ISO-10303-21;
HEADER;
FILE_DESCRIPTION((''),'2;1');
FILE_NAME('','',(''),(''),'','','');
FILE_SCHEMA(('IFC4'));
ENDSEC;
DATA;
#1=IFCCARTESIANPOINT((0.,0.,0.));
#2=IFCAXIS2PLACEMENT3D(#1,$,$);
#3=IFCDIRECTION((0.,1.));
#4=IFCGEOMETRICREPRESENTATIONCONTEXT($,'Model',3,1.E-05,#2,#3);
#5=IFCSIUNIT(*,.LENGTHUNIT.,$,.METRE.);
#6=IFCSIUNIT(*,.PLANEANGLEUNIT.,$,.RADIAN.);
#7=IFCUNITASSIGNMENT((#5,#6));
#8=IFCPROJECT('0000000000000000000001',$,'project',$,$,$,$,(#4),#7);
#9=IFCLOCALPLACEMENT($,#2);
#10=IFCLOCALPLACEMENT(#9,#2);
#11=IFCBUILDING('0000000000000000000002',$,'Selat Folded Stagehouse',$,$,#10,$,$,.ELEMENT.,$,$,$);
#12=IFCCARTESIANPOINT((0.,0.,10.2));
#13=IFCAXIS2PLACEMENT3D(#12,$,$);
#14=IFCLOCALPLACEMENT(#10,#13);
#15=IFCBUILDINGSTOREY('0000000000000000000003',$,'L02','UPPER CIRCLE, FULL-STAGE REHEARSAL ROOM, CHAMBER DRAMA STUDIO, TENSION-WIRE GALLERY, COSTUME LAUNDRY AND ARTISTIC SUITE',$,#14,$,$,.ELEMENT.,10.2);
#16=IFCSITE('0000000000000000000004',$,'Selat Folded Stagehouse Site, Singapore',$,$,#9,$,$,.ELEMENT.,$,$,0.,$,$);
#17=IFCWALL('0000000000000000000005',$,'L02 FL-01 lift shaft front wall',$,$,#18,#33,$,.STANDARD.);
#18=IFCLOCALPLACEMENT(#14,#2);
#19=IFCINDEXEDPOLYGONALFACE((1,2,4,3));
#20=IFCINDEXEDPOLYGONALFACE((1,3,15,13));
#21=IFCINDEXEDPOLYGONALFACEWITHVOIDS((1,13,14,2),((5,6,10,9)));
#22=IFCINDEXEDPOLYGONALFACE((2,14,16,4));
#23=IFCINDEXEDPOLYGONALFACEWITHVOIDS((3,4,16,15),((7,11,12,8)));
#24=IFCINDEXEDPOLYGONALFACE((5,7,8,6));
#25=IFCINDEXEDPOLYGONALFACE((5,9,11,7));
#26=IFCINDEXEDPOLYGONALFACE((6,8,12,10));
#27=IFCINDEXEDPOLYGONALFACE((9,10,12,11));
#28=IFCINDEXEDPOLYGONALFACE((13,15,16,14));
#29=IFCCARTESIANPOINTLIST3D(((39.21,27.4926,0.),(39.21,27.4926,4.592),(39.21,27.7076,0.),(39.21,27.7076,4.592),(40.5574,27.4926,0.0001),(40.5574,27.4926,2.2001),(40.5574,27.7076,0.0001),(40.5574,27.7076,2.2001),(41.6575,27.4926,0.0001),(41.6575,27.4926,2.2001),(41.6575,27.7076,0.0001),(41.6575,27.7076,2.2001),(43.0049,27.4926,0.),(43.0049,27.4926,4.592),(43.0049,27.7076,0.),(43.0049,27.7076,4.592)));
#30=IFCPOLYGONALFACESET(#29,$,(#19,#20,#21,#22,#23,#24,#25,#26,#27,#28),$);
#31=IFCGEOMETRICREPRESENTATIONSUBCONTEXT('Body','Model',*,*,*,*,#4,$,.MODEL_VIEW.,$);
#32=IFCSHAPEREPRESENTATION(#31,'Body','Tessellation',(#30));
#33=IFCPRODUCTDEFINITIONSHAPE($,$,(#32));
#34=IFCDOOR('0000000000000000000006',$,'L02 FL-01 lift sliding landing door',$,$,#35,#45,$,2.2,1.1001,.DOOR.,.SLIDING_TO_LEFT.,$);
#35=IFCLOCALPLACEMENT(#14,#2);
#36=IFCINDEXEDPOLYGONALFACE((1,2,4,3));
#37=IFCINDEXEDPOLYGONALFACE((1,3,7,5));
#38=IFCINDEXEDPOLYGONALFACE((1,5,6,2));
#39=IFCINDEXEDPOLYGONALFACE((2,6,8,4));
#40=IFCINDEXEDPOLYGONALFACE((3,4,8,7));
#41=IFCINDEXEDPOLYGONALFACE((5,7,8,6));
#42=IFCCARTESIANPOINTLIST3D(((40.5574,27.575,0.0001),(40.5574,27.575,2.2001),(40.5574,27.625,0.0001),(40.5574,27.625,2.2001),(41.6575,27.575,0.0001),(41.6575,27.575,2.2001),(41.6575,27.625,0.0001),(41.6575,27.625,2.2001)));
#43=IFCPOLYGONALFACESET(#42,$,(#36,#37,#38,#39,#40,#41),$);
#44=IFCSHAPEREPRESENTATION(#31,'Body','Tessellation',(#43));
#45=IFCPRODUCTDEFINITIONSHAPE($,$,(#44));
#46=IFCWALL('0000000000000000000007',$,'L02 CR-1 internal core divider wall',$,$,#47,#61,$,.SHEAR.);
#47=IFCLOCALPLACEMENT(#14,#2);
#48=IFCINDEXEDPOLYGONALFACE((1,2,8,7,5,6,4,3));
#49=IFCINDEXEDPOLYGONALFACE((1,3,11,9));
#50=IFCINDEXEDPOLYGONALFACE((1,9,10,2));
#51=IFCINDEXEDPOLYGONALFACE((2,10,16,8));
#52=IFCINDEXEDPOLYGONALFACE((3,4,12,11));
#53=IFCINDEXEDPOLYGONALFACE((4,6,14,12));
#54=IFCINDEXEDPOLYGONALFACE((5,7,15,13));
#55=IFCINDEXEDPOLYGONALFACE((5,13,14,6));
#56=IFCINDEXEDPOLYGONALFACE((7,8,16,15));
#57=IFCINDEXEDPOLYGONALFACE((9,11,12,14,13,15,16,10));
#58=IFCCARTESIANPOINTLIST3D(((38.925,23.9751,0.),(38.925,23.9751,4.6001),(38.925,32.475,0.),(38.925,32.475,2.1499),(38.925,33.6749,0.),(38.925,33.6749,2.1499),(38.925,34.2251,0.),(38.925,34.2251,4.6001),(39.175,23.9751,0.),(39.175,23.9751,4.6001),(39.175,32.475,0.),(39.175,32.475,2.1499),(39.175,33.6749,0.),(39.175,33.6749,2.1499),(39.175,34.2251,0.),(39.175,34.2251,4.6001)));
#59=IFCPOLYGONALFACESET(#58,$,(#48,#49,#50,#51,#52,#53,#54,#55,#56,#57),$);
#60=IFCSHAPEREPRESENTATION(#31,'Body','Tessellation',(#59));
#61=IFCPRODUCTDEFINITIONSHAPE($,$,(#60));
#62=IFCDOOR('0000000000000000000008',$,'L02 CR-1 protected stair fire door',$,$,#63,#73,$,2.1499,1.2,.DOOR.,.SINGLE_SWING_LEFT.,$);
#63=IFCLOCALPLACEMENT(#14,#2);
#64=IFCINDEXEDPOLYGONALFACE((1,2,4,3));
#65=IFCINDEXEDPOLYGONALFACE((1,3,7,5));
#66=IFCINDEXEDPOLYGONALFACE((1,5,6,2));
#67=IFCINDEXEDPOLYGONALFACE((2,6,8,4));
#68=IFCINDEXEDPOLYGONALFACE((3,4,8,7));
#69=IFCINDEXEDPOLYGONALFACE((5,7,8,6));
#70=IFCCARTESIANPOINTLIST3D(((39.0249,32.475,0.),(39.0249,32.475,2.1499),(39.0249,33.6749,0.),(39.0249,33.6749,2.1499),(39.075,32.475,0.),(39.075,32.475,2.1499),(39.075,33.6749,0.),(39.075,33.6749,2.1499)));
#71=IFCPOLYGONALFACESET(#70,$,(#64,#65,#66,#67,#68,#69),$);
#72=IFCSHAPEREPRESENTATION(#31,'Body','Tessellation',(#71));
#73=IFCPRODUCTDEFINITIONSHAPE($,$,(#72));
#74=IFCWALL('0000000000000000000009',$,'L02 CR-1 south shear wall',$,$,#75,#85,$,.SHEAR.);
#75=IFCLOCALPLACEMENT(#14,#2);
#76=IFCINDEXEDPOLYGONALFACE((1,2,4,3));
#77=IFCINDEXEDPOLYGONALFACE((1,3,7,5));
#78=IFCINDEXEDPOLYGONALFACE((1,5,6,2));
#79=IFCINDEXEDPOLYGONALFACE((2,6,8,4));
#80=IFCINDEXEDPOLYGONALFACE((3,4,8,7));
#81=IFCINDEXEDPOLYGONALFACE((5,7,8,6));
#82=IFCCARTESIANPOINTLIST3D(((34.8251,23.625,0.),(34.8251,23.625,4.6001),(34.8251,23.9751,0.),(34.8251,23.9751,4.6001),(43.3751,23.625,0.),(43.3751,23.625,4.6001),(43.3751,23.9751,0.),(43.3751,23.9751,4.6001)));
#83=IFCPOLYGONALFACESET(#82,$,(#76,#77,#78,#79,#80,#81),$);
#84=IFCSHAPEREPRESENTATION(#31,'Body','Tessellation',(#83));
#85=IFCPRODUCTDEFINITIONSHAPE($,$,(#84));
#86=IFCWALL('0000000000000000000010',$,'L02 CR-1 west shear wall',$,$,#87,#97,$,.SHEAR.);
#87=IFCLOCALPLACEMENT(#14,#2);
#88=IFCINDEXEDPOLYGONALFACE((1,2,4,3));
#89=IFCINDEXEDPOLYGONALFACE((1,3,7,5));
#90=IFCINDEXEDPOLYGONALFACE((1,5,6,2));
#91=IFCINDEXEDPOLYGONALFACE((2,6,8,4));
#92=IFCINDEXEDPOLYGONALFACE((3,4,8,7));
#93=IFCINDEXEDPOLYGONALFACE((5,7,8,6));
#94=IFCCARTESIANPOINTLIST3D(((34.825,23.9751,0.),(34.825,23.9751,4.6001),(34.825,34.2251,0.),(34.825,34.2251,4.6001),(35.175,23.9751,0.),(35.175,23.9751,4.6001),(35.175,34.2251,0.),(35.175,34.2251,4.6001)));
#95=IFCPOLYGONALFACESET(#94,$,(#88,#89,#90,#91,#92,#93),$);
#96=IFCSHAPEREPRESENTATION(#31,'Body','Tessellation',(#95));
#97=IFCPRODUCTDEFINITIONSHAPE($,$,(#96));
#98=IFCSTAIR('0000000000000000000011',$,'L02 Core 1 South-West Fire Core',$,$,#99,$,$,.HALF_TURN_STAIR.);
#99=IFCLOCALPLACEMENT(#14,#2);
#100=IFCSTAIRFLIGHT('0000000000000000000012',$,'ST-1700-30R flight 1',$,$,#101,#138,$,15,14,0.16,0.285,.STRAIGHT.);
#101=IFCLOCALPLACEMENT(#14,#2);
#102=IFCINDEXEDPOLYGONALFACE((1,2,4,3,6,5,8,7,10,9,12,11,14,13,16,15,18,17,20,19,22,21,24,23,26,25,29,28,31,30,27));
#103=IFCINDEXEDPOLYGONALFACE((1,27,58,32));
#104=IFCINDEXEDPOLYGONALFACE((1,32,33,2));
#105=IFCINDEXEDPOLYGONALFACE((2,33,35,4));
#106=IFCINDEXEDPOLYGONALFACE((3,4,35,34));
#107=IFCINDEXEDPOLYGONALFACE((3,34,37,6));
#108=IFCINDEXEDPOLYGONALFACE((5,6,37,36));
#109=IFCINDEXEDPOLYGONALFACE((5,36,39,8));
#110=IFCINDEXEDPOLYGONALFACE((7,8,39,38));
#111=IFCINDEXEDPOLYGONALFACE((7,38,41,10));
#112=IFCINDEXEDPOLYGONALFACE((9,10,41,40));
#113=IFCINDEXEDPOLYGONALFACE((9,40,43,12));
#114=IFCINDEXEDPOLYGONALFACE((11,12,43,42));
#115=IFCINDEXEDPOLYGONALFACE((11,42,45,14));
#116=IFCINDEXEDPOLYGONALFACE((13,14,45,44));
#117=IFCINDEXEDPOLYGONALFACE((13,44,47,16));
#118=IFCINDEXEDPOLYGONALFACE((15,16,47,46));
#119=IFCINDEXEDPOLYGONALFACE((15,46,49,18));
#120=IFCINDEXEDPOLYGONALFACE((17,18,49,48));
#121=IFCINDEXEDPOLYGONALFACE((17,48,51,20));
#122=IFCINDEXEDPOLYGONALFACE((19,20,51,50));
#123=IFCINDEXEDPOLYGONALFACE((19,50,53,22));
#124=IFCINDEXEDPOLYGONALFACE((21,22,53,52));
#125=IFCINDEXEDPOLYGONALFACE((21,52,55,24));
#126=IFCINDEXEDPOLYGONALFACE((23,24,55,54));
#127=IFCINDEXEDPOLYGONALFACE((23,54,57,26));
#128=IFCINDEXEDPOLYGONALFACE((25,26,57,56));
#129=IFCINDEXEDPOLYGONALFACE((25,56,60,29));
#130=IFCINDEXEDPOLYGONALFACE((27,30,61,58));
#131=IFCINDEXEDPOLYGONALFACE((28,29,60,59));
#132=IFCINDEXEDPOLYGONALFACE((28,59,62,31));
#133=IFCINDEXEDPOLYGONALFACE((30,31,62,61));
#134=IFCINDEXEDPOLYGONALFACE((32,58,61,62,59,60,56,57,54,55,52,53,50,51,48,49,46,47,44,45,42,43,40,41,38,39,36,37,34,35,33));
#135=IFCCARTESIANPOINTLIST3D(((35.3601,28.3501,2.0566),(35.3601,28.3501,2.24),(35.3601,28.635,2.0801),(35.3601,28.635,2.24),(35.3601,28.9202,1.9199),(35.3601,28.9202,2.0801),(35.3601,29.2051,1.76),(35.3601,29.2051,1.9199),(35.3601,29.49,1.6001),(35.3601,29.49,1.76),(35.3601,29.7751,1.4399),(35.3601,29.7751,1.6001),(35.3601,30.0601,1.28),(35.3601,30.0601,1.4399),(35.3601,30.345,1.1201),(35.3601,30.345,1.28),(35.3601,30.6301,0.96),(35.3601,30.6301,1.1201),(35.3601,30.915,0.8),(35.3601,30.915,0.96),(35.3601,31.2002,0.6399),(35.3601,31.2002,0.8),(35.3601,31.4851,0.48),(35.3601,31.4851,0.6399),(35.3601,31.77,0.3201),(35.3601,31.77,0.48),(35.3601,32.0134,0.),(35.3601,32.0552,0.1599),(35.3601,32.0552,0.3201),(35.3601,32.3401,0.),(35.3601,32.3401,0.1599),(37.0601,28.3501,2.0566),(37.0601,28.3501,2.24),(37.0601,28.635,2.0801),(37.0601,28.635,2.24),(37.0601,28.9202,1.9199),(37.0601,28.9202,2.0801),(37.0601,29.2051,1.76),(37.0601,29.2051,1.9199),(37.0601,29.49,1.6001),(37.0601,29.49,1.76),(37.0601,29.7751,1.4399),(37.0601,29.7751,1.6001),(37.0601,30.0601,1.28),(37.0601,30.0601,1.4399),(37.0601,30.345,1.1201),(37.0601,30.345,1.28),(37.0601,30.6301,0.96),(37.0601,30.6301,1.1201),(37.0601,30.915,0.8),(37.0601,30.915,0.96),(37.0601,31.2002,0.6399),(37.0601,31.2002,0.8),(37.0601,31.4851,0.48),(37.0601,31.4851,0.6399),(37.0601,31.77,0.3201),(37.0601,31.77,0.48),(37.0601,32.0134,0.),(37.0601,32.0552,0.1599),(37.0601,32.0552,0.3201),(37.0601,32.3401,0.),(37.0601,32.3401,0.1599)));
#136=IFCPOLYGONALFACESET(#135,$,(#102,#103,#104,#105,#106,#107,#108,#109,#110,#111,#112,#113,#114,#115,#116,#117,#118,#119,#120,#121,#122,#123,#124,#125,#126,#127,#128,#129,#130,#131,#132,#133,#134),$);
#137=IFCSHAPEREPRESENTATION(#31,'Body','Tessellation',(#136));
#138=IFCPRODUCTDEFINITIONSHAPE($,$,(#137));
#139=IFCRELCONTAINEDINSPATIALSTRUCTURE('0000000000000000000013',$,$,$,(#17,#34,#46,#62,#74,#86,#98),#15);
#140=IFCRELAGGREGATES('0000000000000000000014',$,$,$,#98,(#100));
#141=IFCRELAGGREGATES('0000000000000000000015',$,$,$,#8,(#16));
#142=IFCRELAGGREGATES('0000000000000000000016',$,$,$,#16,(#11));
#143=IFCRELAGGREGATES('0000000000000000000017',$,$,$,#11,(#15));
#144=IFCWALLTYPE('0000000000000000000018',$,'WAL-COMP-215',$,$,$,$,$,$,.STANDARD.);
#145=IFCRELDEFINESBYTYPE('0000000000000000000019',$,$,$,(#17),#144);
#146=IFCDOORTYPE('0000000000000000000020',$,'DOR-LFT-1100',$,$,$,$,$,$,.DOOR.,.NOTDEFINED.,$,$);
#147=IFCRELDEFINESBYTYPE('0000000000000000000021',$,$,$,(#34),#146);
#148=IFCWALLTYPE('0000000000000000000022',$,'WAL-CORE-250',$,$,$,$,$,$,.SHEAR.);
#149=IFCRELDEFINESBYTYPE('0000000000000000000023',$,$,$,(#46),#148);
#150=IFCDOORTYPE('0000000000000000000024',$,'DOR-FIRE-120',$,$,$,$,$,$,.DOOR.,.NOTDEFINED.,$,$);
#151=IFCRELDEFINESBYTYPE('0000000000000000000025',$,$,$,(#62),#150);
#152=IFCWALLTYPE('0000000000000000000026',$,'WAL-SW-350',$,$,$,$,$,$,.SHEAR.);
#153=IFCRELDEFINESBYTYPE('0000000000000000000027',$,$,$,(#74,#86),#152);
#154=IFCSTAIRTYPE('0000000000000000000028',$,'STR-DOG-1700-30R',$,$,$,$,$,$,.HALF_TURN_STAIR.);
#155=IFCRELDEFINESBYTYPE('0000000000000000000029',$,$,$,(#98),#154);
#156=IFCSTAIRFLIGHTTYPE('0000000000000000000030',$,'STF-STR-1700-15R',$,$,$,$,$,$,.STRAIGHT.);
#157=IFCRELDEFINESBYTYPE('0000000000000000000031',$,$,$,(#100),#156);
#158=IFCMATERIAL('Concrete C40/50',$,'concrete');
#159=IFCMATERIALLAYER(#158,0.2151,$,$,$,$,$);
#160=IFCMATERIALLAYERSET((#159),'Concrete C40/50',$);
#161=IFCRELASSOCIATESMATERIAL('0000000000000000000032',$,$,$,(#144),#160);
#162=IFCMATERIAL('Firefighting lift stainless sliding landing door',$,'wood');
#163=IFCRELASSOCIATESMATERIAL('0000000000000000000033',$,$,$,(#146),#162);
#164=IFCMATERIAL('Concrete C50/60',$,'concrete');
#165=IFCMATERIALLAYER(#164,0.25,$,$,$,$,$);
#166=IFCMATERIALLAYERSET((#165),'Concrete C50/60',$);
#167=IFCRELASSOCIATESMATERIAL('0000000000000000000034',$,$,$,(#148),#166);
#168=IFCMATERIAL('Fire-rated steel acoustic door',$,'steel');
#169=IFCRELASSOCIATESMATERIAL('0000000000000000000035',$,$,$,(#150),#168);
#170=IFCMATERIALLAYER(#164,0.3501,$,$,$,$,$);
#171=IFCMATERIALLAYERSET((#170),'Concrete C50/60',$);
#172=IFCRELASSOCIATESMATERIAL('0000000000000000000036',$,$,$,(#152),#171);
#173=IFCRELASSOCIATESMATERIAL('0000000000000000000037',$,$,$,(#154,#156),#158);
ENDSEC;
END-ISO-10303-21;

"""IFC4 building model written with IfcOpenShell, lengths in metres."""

from ifc_helpers import new_model, si_unit, direction, frame, frame_2d, origin, place, context, subcontext, project, spatial, polyline, rectangle, outline, extrude, material, layer, layer_set, type_object, element, fill, aggregate, save


model = new_model("IFC4")

# Units and contexts
model_context = context("Model", 3, precision=1e-05, world=origin(), true_north=direction((0.0, 1.0)))
body_context = subcontext(model_context, "Body", "Model", "MODEL_VIEW")
ifc_project = project(units=[si_unit("LENGTHUNIT", "METRE"), si_unit("PLANEANGLEUNIT", "RADIAN")], contexts=[model_context])

# Site, building, storey
site_placement = place(None, origin())
site = spatial("IfcSite", under=ifc_project, at=site_placement, Name="Selat Folded Stagehouse Site, Singapore", CompositionType="ELEMENT", RefElevation=0.0)
building_placement = place(site_placement, origin())
building = spatial("IfcBuilding", under=site, at=building_placement, Name="Selat Folded Stagehouse", CompositionType="ELEMENT")
storey_placement = place(building_placement, frame((0.0, 0.0, 10.2)))
storey = spatial("IfcBuildingStorey", under=building, at=storey_placement, Name="L02", Description="UPPER CIRCLE, FULL-STAGE REHEARSAL ROOM, CHAMBER DRAMA STUDIO, TENSION-WIRE GALLERY, COSTUME LAUNDRY AND ARTISTIC SUITE", CompositionType="ELEMENT", Elevation=10.2)

# Walls, openings, doors
ifc_material_1 = material(Name="Concrete C40/50", Category="concrete")
ifc_layer_1 = layer(ifc_material_1, 0.2151)
ifc_layer_set_1 = layer_set([ifc_layer_1], Name="Concrete C40/50")
wall_type_1 = type_object("IfcWallType", Name="WAL-COMP-215", PredefinedType="STANDARD", material=ifc_layer_set_1)
wall_1_placement = place(storey_placement, frame((39.21, 27.6001, 0.0), z_axis=(0.0, 0.0, 1.0), x_axis=(1.0, 0.0, 0.0)))
wall_1 = element("IfcWall", 1, at=wall_1_placement, inside=storey, type_object=wall_type_1, Name="L02 FL-01 lift shaft front wall", PredefinedType="STANDARD", context=body_context, shape_type="SweptSolid", body=[
    extrude(rectangle(XDim=3.7949, YDim=0.2151, at=frame_2d((1.8975, 0.0))), origin(), (0.0, 0.0, 1.0), 4.592),
])
opening_1_placement = place(wall_1_placement, frame((1.3474, 0.0, 0.0)))
opening_1 = element("IfcOpeningElement", 2, at=opening_1_placement, cuts=wall_1, PredefinedType="OPENING", context=body_context, shape_type="SweptSolid", body=[
    extrude(rectangle(XDim=1.1001, YDim=2.2, at=frame_2d((0.55, 1.1001))), frame((0.0, 0.1174, 0.0), z_axis=(0.0, -1.0, 0.0), x_axis=(1.0, 0.0, 0.0)), (0.0, 0.0, 1.0), 0.2351),
])
ifc_material_2 = material(Name="Firefighting lift stainless sliding landing door", Category="wood")
door_type_1 = type_object("IfcDoorType", Name="DOR-LFT-1100", OperationType="NOTDEFINED", PredefinedType="DOOR", material=ifc_material_2)
door_1_placement = place(opening_1_placement, origin())
door_1 = element("IfcDoor", 3, at=door_1_placement, inside=storey, type_object=door_type_1, Name="L02 FL-01 lift sliding landing door", OperationType="SLIDING_TO_LEFT", OverallHeight=2.2, OverallWidth=1.1001, PredefinedType="DOOR", context=body_context, shape_type="SweptSolid", body=[
    extrude(rectangle(XDim=1.1001, YDim=2.2, at=frame_2d((0.55, 1.1001))), frame((0.0, 0.0249, 0.0), z_axis=(0.0, -1.0, 0.0), x_axis=(1.0, 0.0, 0.0)), (0.0, 0.0, 1.0), 0.05),
])
fill(opening_1, door_1)
ifc_material_3 = material(Name="Concrete C50/60", Category="concrete")
ifc_layer_2 = layer(ifc_material_3, 0.25)
ifc_layer_set_2 = layer_set([ifc_layer_2], Name="Concrete C50/60")
wall_type_2 = type_object("IfcWallType", Name="WAL-CORE-250", PredefinedType="SHEAR", material=ifc_layer_set_2)
wall_2_placement = place(storey_placement, frame((39.05, 34.2251, 0.0), z_axis=(0.0, 0.0, 1.0), x_axis=(0.0, -1.0, 0.0)))
wall_2 = element("IfcWall", 4, at=wall_2_placement, inside=storey, type_object=wall_type_2, Name="L02 CR-1 internal core divider wall", PredefinedType="SHEAR", context=body_context, shape_type="SweptSolid", body=[
    extrude(rectangle(XDim=10.25, YDim=0.25, at=frame_2d((5.125, 0.0))), origin(), (0.0, 0.0, 1.0), 4.6001),
])
opening_2_placement = place(wall_2_placement, frame((0.55, 0.0, 0.0)))
opening_2 = element("IfcOpeningElement", 5, at=opening_2_placement, cuts=wall_2, PredefinedType="OPENING", context=body_context, shape_type="SweptSolid", body=[
    extrude(rectangle(XDim=1.2, YDim=2.1499, at=frame_2d((0.6001, 1.075))), frame((0.0, 0.135, 0.0), z_axis=(0.0, -1.0, 0.0), x_axis=(1.0, 0.0, 0.0)), (0.0, 0.0, 1.0), 0.27),
])
ifc_material_4 = material(Name="Fire-rated steel acoustic door", Category="steel")
door_type_2 = type_object("IfcDoorType", Name="DOR-FIRE-120", OperationType="NOTDEFINED", PredefinedType="DOOR", material=ifc_material_4)
door_2_placement = place(opening_2_placement, origin())
door_2 = element("IfcDoor", 6, at=door_2_placement, inside=storey, type_object=door_type_2, Name="L02 CR-1 protected stair fire door", OperationType="SINGLE_SWING_LEFT", OverallHeight=2.1499, OverallWidth=1.2, PredefinedType="DOOR", context=body_context, shape_type="SweptSolid", body=[
    extrude(rectangle(XDim=1.2, YDim=2.1499, at=frame_2d((0.6001, 1.075))), frame((0.0, 0.0249, 0.0), z_axis=(0.0, -1.0, 0.0), x_axis=(1.0, 0.0, 0.0)), (0.0, 0.0, 1.0), 0.05),
])
fill(opening_2, door_2)

# Walls
ifc_layer_3 = layer(ifc_material_3, 0.3501)
ifc_layer_set_3 = layer_set([ifc_layer_3], Name="Concrete C50/60")
wall_type_3 = type_object("IfcWallType", Name="WAL-SW-350", PredefinedType="SHEAR", material=ifc_layer_set_3)
wall_3_placement = place(storey_placement, frame((43.375, 23.8, 0.0), z_axis=(0.0, 0.0, 1.0), x_axis=(-1.0, 0.0, 0.0)))
element("IfcWall", 7, at=wall_3_placement, inside=storey, type_object=wall_type_3, Name="L02 CR-1 south shear wall", PredefinedType="SHEAR", context=body_context, shape_type="SweptSolid", body=[
    extrude(rectangle(XDim=8.55, YDim=0.3501, at=frame_2d((4.2749, 0.0))), origin(), (0.0, 0.0, 1.0), 4.6001),
])
wall_4_placement = place(storey_placement, frame((35.0, 23.9751, 0.0), z_axis=(0.0, 0.0, 1.0), x_axis=(0.0, 1.0, 0.0)))
element("IfcWall", 8, at=wall_4_placement, inside=storey, type_object=wall_type_3, Name="L02 CR-1 west shear wall", PredefinedType="SHEAR", context=body_context, shape_type="SweptSolid", body=[
    extrude(rectangle(XDim=10.25, YDim=0.3501, at=frame_2d((5.125, 0.0))), origin(), (0.0, 0.0, 1.0), 4.6001),
])

# Stair, stair flight
stair_type = type_object("IfcStairType", Name="STR-DOG-1700-30R", PredefinedType="HALF_TURN_STAIR", material=ifc_material_1)
stair_placement = place(storey_placement, origin())
stair = element("IfcStair", 9, at=stair_placement, inside=storey, type_object=stair_type, Name="L02 Core 1 South-West Fire Core", PredefinedType="HALF_TURN_STAIR")
stair_flight_type = type_object("IfcStairFlightType", Name="STF-STR-1700-15R", PredefinedType="STRAIGHT", material=ifc_material_1)
stair_flight_1_placement = place(storey_placement, frame((36.21, 32.3401, 0.0), z_axis=(0.0, 0.0, 1.0), x_axis=(0.0, -1.0, 0.0)))
stair_flight_1 = element("IfcStairFlight", 10, at=stair_flight_1_placement, type_object=stair_flight_type, Name="ST-1700-30R flight 1", NumberOfRisers=15, NumberOfTreads=14, PredefinedType="STRAIGHT", RiserHeight=0.16, TreadLength=0.285, context=body_context, shape_type="SweptSolid", body=[
    extrude(outline(polyline([(0.0, 0.0), (0.0, 0.1599), (0.2849, 0.1599), (0.2849, 0.3201), (0.5701, 0.3201), (0.5701, 0.48), (0.855, 0.48), (0.855, 0.6399), (1.1399, 0.6399), (1.1399, 0.8), (1.425, 0.8), (1.425, 0.96), (1.71, 0.96), (1.71, 1.1201), (1.9951, 1.1201), (1.9951, 1.28), (2.28, 1.28), (2.28, 1.4399), (2.5649, 1.4399), (2.5649, 1.6001), (2.8501, 1.6001), (2.8501, 1.76), (3.135, 1.76), (3.135, 1.9199), (3.4199, 1.9199), (3.4199, 2.0801), (3.7051, 2.0801), (3.7051, 2.24), (3.99, 2.24), (3.99, 2.3999), (3.99, 2.0566), (0.3267, 0.0), (0.0, 0.0)])), frame((0.0, 0.8501, 0.0), z_axis=(0.0, -1.0, 0.0), x_axis=(1.0, 0.0, 0.0)), (0.0, 0.0, 1.0), 1.7),
])
aggregate(stair, [stair_flight_1])

save(model, "model.ifc")
